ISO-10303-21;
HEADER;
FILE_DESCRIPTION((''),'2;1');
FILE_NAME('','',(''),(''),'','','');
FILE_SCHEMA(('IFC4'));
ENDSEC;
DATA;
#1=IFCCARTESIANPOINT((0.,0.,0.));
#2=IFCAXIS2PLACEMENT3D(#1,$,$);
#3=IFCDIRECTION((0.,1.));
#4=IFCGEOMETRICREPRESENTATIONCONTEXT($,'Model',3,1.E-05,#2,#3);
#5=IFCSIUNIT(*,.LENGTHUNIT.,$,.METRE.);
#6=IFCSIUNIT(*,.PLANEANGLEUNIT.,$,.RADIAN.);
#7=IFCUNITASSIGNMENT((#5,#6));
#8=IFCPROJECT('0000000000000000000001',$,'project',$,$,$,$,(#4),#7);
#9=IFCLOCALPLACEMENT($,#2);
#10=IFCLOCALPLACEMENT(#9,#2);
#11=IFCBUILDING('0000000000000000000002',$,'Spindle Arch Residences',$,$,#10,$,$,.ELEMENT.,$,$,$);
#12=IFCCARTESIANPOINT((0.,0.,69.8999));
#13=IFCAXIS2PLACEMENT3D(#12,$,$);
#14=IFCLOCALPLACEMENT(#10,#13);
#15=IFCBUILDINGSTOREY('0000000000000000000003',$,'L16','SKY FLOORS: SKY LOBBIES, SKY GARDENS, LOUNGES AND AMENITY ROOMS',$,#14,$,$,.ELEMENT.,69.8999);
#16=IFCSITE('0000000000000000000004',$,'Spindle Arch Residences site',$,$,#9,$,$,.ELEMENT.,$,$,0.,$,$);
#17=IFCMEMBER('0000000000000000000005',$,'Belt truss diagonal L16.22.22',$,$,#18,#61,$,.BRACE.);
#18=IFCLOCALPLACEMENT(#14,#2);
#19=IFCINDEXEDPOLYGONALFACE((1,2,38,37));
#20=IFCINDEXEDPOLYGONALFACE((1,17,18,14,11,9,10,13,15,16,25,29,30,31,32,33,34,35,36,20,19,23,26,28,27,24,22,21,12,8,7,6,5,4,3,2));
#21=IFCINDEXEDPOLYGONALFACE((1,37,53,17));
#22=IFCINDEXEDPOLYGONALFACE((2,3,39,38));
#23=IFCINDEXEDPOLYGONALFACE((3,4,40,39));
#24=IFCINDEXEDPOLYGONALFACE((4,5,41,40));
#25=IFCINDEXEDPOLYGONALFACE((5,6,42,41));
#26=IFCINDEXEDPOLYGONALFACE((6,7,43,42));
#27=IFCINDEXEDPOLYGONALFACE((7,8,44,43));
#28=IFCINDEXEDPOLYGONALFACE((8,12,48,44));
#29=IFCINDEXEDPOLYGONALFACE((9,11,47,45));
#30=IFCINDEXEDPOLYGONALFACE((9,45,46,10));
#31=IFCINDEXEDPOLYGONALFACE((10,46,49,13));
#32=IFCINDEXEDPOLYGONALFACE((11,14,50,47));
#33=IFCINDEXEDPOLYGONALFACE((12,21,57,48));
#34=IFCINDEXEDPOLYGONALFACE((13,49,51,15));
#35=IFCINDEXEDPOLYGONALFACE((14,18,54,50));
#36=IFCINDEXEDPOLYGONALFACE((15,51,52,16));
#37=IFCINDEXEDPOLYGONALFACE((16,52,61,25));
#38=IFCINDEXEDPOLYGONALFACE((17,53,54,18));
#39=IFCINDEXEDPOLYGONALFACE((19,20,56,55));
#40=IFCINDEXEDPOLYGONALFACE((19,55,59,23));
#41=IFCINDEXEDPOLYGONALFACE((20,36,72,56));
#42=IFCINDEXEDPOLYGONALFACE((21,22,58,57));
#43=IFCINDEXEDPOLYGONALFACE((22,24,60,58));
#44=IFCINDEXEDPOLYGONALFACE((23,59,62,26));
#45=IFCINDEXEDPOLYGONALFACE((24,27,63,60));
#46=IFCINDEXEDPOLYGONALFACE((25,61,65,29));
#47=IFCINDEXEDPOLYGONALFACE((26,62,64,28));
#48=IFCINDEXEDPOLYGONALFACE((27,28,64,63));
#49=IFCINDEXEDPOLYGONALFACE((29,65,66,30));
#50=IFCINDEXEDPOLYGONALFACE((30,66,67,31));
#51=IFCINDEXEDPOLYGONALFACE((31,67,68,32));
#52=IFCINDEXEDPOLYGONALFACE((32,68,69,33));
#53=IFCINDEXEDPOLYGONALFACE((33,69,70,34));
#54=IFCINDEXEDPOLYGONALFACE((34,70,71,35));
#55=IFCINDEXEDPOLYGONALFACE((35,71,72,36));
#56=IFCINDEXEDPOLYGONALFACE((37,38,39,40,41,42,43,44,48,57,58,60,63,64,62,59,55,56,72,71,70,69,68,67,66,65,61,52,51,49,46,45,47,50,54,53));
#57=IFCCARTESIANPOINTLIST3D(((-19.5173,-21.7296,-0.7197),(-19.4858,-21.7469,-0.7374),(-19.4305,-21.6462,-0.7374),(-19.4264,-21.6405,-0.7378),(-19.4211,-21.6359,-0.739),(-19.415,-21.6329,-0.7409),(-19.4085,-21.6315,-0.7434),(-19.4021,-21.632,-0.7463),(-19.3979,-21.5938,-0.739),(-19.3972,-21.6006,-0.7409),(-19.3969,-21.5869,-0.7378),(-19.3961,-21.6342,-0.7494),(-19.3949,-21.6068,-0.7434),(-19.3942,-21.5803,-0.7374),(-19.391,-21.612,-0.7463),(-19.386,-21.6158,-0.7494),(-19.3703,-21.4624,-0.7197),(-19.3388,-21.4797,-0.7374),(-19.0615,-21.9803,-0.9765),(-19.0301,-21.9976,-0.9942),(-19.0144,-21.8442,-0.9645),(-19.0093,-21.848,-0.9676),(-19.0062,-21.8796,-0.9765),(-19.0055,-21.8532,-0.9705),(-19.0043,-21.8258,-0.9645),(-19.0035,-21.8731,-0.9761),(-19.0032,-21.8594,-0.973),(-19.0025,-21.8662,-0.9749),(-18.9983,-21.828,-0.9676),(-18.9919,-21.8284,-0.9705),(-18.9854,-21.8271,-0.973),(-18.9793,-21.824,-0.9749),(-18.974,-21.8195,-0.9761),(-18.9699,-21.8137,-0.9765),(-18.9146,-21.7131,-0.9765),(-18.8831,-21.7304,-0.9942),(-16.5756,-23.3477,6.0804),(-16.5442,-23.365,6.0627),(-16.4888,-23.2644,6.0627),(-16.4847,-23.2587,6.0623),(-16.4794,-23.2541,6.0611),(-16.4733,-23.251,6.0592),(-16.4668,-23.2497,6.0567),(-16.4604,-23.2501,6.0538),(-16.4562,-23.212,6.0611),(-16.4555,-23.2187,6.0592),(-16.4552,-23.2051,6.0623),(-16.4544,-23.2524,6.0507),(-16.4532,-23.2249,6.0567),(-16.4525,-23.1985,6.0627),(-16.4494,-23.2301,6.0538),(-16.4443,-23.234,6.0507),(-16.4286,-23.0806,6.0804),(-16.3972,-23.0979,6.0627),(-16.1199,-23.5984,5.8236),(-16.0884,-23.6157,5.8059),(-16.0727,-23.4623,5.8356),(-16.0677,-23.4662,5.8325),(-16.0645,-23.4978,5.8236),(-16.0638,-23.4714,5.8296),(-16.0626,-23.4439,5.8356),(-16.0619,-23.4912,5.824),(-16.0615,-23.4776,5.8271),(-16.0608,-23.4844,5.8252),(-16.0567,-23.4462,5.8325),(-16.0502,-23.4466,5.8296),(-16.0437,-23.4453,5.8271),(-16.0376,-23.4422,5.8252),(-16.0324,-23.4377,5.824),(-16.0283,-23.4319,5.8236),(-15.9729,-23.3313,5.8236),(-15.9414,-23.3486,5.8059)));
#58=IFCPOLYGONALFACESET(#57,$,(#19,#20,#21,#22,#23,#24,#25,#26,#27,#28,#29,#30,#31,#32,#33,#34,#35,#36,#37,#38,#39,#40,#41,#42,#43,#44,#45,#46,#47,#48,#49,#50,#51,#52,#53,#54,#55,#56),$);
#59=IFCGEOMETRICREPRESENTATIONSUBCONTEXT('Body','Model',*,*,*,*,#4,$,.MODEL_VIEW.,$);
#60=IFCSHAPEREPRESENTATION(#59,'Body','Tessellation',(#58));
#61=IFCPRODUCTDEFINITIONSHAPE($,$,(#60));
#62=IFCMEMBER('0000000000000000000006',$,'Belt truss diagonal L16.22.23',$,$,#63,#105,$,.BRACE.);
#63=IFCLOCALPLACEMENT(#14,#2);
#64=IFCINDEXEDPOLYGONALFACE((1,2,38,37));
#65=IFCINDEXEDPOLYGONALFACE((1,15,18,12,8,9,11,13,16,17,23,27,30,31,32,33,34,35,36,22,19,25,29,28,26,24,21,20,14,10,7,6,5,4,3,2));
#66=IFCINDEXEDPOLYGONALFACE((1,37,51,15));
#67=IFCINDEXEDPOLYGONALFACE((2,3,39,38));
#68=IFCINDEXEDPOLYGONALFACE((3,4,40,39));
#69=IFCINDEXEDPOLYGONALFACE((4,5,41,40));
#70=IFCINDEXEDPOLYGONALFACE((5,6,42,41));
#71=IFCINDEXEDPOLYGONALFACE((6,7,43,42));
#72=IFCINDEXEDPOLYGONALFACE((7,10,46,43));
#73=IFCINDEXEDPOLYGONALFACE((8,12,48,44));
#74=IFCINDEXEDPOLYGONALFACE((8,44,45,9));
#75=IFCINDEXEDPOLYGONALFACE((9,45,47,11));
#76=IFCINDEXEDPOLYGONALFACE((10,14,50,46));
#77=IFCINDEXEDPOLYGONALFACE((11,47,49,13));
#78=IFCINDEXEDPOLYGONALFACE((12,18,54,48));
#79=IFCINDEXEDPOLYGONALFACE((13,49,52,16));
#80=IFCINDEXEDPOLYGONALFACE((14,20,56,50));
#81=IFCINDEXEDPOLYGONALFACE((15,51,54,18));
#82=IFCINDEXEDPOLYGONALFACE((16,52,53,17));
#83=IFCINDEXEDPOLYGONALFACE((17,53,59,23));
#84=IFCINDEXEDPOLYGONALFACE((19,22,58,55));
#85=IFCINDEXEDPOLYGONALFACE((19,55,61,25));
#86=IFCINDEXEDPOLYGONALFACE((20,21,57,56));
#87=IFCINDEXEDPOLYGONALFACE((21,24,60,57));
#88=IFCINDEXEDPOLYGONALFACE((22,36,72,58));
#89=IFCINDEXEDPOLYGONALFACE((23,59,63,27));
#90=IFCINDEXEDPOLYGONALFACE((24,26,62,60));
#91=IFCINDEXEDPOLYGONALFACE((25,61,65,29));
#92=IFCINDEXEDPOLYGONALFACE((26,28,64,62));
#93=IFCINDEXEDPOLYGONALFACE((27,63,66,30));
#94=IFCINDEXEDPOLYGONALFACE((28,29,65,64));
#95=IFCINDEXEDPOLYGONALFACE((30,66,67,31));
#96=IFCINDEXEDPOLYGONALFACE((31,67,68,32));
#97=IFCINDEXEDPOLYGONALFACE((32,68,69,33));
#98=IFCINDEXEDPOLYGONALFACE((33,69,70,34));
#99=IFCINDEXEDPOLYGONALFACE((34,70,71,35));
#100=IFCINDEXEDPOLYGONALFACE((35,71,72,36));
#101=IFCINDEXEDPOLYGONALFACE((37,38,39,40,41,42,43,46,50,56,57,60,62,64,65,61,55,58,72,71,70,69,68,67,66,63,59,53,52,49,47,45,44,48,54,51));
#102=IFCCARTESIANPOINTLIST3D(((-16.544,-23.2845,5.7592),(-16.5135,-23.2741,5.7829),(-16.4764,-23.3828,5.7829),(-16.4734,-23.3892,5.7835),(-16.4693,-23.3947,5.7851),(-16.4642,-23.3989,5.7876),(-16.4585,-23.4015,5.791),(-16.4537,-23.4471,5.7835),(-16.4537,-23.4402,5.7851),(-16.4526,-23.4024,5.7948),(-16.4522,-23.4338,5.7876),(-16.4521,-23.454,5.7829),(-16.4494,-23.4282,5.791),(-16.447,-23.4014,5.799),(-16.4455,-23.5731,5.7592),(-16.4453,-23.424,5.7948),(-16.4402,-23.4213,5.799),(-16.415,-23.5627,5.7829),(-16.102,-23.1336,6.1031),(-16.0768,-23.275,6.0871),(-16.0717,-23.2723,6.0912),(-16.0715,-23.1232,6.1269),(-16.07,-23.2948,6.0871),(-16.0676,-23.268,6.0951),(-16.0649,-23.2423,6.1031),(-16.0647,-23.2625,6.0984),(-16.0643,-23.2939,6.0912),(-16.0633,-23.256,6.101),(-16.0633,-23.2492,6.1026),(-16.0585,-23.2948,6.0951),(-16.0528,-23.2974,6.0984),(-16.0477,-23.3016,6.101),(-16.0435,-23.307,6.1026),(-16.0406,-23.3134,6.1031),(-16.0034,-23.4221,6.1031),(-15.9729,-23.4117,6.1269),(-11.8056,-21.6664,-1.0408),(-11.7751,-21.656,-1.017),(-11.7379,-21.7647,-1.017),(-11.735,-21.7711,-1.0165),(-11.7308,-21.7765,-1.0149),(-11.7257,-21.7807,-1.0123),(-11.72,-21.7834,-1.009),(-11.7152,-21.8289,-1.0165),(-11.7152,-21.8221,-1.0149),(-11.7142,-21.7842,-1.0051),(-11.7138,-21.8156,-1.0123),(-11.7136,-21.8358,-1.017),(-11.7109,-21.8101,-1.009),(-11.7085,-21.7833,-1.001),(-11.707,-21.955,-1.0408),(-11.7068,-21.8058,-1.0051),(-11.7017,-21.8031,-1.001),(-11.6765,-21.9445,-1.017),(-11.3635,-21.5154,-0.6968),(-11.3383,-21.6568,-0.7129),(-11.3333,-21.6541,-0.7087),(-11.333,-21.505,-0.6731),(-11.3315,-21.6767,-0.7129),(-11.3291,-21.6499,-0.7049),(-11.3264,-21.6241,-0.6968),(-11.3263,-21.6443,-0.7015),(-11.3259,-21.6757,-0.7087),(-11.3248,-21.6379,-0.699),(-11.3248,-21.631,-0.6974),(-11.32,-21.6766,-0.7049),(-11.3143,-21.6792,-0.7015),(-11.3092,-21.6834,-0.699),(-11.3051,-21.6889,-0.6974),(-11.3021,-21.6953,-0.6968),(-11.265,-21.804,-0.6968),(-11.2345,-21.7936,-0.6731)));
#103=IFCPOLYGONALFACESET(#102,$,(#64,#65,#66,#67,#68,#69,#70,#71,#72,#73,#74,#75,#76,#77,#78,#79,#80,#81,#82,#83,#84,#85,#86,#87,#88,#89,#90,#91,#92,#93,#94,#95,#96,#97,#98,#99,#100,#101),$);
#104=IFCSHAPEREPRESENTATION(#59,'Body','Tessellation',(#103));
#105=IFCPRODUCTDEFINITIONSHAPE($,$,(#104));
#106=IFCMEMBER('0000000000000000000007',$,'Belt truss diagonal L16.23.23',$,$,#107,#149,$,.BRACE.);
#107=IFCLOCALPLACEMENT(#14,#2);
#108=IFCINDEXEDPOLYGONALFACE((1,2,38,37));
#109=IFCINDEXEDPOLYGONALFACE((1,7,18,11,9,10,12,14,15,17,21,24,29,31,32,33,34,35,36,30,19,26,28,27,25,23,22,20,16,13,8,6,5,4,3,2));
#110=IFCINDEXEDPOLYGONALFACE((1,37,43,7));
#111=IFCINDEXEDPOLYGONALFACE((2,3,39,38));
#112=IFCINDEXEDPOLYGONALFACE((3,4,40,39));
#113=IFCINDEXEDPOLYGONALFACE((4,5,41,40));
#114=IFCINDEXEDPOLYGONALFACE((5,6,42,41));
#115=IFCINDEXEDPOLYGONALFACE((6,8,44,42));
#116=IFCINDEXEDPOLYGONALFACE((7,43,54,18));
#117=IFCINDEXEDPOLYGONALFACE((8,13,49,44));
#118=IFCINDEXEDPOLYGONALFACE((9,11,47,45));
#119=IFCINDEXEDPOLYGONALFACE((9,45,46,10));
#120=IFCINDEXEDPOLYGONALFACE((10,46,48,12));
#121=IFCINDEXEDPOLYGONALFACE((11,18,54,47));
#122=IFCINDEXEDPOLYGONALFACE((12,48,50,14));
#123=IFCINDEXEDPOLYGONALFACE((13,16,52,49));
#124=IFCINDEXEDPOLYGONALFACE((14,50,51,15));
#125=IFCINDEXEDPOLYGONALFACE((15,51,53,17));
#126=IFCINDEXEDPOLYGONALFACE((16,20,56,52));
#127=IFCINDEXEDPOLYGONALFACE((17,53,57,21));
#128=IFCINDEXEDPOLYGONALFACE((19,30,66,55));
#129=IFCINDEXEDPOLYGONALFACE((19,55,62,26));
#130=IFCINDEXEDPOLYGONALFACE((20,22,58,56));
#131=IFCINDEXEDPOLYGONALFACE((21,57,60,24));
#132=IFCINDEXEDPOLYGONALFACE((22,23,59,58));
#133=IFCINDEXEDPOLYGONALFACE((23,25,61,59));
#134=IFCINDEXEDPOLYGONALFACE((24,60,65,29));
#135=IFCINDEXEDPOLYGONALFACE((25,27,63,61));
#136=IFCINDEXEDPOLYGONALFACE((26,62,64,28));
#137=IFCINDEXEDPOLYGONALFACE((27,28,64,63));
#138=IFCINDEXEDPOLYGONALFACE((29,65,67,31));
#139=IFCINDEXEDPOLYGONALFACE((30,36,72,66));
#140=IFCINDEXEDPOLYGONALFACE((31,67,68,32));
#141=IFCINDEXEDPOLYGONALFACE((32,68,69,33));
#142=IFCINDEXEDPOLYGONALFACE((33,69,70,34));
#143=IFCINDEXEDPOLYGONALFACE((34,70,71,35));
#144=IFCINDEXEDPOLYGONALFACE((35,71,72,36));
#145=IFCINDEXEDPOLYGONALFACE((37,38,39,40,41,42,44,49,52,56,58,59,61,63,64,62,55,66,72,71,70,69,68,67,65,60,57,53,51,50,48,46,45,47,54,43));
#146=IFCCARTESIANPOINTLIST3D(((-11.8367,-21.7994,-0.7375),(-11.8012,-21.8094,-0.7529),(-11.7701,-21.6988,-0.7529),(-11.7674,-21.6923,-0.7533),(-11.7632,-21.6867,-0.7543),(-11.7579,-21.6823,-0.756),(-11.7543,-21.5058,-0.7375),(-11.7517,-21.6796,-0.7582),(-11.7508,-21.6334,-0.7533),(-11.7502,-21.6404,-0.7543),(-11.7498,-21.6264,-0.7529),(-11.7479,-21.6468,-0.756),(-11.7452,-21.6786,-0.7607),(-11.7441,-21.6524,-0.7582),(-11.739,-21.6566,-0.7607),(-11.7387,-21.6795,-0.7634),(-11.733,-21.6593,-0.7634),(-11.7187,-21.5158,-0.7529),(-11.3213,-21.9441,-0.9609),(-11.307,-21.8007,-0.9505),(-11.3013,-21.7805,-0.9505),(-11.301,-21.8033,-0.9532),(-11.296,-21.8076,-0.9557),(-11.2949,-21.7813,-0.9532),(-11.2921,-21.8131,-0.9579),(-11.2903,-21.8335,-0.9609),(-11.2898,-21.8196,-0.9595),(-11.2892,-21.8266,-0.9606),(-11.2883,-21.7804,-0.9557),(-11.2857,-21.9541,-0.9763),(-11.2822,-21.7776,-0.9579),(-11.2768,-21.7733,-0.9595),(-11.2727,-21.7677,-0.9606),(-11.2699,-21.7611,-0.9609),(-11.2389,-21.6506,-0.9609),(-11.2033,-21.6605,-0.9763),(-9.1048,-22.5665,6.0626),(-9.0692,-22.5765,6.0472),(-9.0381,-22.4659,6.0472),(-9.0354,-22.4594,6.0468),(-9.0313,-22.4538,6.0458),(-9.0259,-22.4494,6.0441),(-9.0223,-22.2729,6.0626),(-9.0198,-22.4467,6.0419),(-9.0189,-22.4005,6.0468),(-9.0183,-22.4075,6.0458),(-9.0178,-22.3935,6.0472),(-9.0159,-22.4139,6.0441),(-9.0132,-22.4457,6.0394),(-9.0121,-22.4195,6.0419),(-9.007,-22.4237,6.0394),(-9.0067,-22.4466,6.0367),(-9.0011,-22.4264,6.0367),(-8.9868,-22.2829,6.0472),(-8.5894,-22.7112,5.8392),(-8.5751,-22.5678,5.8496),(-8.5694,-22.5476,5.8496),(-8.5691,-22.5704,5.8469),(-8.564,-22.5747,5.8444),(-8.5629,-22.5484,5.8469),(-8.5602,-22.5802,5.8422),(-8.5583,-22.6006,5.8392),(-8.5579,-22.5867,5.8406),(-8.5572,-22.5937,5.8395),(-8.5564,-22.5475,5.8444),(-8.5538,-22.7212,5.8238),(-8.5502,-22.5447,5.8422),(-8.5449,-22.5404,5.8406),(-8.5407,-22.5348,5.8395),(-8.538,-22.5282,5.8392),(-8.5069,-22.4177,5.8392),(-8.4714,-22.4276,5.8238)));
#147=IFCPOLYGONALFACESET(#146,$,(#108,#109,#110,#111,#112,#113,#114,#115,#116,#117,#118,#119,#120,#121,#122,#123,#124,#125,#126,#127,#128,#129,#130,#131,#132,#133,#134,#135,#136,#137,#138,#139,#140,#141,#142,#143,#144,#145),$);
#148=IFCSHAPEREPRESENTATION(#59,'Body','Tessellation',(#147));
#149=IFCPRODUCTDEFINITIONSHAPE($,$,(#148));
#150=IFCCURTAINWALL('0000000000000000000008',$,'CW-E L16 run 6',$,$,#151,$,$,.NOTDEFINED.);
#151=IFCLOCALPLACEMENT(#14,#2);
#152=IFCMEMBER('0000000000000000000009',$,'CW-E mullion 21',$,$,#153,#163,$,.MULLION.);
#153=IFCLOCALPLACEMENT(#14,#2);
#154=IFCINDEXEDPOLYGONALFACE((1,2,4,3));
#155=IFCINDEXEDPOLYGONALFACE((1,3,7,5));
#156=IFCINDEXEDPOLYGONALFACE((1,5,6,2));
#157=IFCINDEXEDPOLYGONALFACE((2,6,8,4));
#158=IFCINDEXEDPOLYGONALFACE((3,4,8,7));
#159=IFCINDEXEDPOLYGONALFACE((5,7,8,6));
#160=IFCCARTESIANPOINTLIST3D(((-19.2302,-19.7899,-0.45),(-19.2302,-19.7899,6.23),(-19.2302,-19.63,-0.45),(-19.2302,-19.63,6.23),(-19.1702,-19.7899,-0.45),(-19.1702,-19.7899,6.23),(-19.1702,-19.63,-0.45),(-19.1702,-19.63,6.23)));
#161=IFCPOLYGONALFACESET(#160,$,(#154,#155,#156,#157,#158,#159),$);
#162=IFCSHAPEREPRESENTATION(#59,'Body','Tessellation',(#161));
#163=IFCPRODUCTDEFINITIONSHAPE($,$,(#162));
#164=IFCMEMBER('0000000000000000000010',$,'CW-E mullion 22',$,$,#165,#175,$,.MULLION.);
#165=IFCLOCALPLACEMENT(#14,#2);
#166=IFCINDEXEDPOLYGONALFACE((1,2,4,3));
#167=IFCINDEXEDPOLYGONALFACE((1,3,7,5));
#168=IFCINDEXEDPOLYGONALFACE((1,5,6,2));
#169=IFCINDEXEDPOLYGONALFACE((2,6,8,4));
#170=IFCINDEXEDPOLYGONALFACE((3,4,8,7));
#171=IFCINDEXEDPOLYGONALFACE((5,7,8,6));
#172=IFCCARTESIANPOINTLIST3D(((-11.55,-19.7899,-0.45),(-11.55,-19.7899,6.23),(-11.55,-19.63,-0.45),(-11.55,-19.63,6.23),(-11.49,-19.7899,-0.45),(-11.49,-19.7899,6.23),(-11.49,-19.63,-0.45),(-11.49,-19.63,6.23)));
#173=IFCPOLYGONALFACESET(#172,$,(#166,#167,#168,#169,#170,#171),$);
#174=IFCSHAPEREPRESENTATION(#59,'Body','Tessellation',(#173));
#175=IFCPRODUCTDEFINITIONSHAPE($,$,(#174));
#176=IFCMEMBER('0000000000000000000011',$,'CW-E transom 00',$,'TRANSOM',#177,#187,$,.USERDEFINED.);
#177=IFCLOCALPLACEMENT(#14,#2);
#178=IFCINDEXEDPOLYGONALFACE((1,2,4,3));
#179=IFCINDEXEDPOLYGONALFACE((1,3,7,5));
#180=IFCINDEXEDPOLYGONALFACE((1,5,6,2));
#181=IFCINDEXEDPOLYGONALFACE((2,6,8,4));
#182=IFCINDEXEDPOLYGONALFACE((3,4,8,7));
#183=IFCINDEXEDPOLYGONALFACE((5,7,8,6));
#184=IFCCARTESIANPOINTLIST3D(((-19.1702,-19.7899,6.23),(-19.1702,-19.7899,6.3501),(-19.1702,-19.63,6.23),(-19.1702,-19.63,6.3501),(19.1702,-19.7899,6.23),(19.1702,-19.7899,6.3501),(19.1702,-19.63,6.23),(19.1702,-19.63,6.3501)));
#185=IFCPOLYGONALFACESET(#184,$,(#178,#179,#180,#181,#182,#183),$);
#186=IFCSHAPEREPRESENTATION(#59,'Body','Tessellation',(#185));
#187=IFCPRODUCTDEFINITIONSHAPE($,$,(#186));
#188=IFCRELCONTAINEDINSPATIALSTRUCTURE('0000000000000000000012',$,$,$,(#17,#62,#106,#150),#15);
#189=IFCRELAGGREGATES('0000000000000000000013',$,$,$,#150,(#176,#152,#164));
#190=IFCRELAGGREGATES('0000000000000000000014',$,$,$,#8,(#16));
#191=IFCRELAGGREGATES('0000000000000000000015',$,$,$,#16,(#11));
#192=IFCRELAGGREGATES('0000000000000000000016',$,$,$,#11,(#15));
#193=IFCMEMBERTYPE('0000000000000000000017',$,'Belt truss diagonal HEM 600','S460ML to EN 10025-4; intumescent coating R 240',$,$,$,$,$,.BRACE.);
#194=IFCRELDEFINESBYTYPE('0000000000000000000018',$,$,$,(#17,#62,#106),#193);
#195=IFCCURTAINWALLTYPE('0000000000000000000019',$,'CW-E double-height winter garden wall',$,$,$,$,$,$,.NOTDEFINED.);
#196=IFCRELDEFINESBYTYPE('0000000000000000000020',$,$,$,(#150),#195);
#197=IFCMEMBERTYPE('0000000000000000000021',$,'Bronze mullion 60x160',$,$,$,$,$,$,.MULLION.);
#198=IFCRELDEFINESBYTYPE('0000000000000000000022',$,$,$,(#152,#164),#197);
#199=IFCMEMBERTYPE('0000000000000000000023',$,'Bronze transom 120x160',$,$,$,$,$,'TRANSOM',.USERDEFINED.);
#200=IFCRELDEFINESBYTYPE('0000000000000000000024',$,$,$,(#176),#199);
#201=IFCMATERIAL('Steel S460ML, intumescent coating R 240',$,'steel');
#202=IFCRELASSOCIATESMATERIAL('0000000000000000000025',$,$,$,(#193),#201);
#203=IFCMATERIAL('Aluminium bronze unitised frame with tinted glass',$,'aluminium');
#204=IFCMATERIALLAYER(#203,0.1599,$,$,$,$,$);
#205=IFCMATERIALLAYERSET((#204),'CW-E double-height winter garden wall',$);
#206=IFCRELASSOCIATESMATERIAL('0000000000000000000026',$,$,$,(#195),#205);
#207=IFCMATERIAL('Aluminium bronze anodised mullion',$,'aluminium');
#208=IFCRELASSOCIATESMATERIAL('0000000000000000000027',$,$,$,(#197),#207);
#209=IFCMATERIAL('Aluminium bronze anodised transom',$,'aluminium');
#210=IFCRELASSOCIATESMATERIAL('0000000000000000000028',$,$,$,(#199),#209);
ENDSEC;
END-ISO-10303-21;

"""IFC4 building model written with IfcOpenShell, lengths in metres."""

from ifc_helpers import new_model, si_unit, direction, frame, origin, origin_2d, place, context, subcontext, project, spatial, rectangle, i_section, extrude, material, layer, layer_set, material_profile, profile_set, type_object, element, aggregate, save


model = new_model("IFC4")

# Units and contexts
model_context = context("Model", 3, precision=1e-05, world=origin(), true_north=direction((0.0, 1.0)))
body_context = subcontext(model_context, "Body", "Model", "MODEL_VIEW")
ifc_project = project(units=[si_unit("LENGTHUNIT", "METRE"), si_unit("PLANEANGLEUNIT", "RADIAN")], contexts=[model_context])

# Site, building, storey
site_placement = place(None, origin())
site = spatial("IfcSite", under=ifc_project, at=site_placement, Name="Spindle Arch Residences site", CompositionType="ELEMENT", RefElevation=0.0)
building_placement = place(site_placement, origin())
building = spatial("IfcBuilding", under=site, at=building_placement, Name="Spindle Arch Residences", CompositionType="ELEMENT")
storey_placement = place(building_placement, frame((0.0, 0.0, 69.8999)))
storey = spatial("IfcBuildingStorey", under=building, at=storey_placement, Name="L16", Description="SKY FLOORS: SKY LOBBIES, SKY GARDENS, LOUNGES AND AMENITY ROOMS", CompositionType="ELEMENT", Elevation=69.8999)

# Members
ifc_material_1 = material(Name="Steel S460ML, intumescent coating R 240", Category="steel")
ifc_material_profile_1 = material_profile(ifc_material_1, i_section(OverallWidth=0.3049, OverallDepth=0.6201, WebThickness=0.021, FlangeThickness=0.04, FilletRadius=0.0271, at=origin_2d()), Name="HEM 600")
ifc_profile_set_1 = profile_set([ifc_material_profile_1], Name="Steel S460ML, intumescent coating R 240")
member_type_1 = type_object("IfcMemberType", Name="Belt truss diagonal HEM 600", Description="S460ML to EN 10025-4; intumescent coating R 240", PredefinedType="BRACE", material=ifc_profile_set_1)
member_1_placement = place(storey_placement, frame((-19.2002, -21.73, -0.8569), z_axis=(0.387891, -0.213374, 0.896667), x_axis=(0.481977, 0.876184, 0.0)))
element("IfcMember", 1, at=member_1_placement, inside=storey, type_object=member_type_1, Name="Belt truss diagonal L16.22.22", PredefinedType="BRACE", context=body_context, shape_type="SweptSolid", body=[
    extrude(i_section(OverallWidth=0.3049, OverallDepth=0.6201, WebThickness=0.021, FlangeThickness=0.04, FilletRadius=0.0271, at=origin_2d()), origin(), (0.0, 0.0, 1.0), 7.5837),
])
member_2_placement = place(storey_placement, frame((-11.52, -21.73, -0.8569), z_axis=(-0.561125, -0.191619, 0.805246), x_axis=(0.323167, -0.946342, 0.0)))
element("IfcMember", 2, at=member_2_placement, inside=storey, type_object=member_type_1, Name="Belt truss diagonal L16.22.23", PredefinedType="BRACE", context=body_context, shape_type="SweptSolid", body=[
    extrude(i_section(OverallWidth=0.3049, OverallDepth=0.6201, WebThickness=0.021, FlangeThickness=0.04, FilletRadius=0.0271, at=origin_2d()), origin(), (0.0, 0.0, 1.0), 8.4446),
])
member_3_placement = place(storey_placement, frame((-11.52, -21.73, -0.8569), z_axis=(0.370766, -0.104106, 0.922873), x_axis=(0.270332, 0.962767, 0.0)))
element("IfcMember", 3, at=member_3_placement, inside=storey, type_object=member_type_1, Name="Belt truss diagonal L16.23.23", PredefinedType="BRACE", context=body_context, shape_type="SweptSolid", body=[
    extrude(i_section(OverallWidth=0.3049, OverallDepth=0.6201, WebThickness=0.021, FlangeThickness=0.04, FilletRadius=0.0271, at=origin_2d()), origin(), (0.0, 0.0, 1.0), 7.3684),
])

# Curtain wall, members
ifc_material_2 = material(Name="Aluminium bronze unitised frame with tinted glass", Category="aluminium")
ifc_layer_1 = layer(ifc_material_2, 0.1599)
ifc_layer_set_1 = layer_set([ifc_layer_1], Name="CW-E double-height winter garden wall")
curtain_wall_type = type_object("IfcCurtainWallType", Name="CW-E double-height winter garden wall", PredefinedType="NOTDEFINED", material=ifc_layer_set_1)
curtain_wall_placement = place(storey_placement, origin())
curtain_wall = element("IfcCurtainWall", 4, at=curtain_wall_placement, inside=storey, type_object=curtain_wall_type, Name="CW-E L16 run 6", PredefinedType="NOTDEFINED")
ifc_material_3 = material(Name="Aluminium bronze anodised mullion", Category="aluminium")
ifc_material_profile_2 = material_profile(ifc_material_3, rectangle(XDim=0.1599, YDim=0.0601, at=origin_2d()), Name="MU 60x160")
ifc_profile_set_2 = profile_set([ifc_material_profile_2], Name="Aluminium bronze anodised mullion")
member_type_2 = type_object("IfcMemberType", Name="Bronze mullion 60x160", PredefinedType="MULLION", material=ifc_profile_set_2)
member_4_placement = place(storey_placement, frame((-19.2002, -19.71, -0.45), z_axis=(0.0, 0.0, 1.0), x_axis=(0.0, 1.0, 0.0)))
member_4 = element("IfcMember", 5, at=member_4_placement, type_object=member_type_2, Name="CW-E mullion 21", PredefinedType="MULLION", context=body_context, shape_type="SweptSolid", body=[
    extrude(rectangle(XDim=0.1599, YDim=0.0601, at=origin_2d()), origin(), (0.0, 0.0, 1.0), 6.6799),
])
member_5_placement = place(storey_placement, frame((-11.52, -19.71, -0.45), z_axis=(0.0, 0.0, 1.0), x_axis=(0.0, 1.0, 0.0)))
member_5 = element("IfcMember", 6, at=member_5_placement, type_object=member_type_2, Name="CW-E mullion 22", PredefinedType="MULLION", context=body_context, shape_type="SweptSolid", body=[
    extrude(rectangle(XDim=0.1599, YDim=0.0601, at=origin_2d()), origin(), (0.0, 0.0, 1.0), 6.6799),
])
ifc_material_4 = material(Name="Aluminium bronze anodised transom", Category="aluminium")
ifc_material_profile_3 = material_profile(ifc_material_4, rectangle(XDim=0.1599, YDim=0.1201, at=origin_2d()), Name="TR 120x160")
ifc_profile_set_3 = profile_set([ifc_material_profile_3], Name="Aluminium bronze anodised transom")
member_type_3 = type_object("IfcMemberType", Name="Bronze transom 120x160", ElementType="TRANSOM", PredefinedType="USERDEFINED", material=ifc_profile_set_3)
member_6_placement = place(storey_placement, frame((-19.1702, -19.71, 6.29), z_axis=(1.0, 0.0, 0.0), x_axis=(0.0, 1.0, 0.0)))
member_6 = element("IfcMember", 7, at=member_6_placement, type_object=member_type_3, Name="CW-E transom 00", ObjectType="TRANSOM", PredefinedType="USERDEFINED", context=body_context, shape_type="SweptSolid", body=[
    extrude(rectangle(XDim=0.1599, YDim=0.1201, at=origin_2d()), origin(), (0.0, 0.0, 1.0), 38.3403),
])
aggregate(curtain_wall, [member_6, member_4, member_5])

save(model, "model.ifc")
